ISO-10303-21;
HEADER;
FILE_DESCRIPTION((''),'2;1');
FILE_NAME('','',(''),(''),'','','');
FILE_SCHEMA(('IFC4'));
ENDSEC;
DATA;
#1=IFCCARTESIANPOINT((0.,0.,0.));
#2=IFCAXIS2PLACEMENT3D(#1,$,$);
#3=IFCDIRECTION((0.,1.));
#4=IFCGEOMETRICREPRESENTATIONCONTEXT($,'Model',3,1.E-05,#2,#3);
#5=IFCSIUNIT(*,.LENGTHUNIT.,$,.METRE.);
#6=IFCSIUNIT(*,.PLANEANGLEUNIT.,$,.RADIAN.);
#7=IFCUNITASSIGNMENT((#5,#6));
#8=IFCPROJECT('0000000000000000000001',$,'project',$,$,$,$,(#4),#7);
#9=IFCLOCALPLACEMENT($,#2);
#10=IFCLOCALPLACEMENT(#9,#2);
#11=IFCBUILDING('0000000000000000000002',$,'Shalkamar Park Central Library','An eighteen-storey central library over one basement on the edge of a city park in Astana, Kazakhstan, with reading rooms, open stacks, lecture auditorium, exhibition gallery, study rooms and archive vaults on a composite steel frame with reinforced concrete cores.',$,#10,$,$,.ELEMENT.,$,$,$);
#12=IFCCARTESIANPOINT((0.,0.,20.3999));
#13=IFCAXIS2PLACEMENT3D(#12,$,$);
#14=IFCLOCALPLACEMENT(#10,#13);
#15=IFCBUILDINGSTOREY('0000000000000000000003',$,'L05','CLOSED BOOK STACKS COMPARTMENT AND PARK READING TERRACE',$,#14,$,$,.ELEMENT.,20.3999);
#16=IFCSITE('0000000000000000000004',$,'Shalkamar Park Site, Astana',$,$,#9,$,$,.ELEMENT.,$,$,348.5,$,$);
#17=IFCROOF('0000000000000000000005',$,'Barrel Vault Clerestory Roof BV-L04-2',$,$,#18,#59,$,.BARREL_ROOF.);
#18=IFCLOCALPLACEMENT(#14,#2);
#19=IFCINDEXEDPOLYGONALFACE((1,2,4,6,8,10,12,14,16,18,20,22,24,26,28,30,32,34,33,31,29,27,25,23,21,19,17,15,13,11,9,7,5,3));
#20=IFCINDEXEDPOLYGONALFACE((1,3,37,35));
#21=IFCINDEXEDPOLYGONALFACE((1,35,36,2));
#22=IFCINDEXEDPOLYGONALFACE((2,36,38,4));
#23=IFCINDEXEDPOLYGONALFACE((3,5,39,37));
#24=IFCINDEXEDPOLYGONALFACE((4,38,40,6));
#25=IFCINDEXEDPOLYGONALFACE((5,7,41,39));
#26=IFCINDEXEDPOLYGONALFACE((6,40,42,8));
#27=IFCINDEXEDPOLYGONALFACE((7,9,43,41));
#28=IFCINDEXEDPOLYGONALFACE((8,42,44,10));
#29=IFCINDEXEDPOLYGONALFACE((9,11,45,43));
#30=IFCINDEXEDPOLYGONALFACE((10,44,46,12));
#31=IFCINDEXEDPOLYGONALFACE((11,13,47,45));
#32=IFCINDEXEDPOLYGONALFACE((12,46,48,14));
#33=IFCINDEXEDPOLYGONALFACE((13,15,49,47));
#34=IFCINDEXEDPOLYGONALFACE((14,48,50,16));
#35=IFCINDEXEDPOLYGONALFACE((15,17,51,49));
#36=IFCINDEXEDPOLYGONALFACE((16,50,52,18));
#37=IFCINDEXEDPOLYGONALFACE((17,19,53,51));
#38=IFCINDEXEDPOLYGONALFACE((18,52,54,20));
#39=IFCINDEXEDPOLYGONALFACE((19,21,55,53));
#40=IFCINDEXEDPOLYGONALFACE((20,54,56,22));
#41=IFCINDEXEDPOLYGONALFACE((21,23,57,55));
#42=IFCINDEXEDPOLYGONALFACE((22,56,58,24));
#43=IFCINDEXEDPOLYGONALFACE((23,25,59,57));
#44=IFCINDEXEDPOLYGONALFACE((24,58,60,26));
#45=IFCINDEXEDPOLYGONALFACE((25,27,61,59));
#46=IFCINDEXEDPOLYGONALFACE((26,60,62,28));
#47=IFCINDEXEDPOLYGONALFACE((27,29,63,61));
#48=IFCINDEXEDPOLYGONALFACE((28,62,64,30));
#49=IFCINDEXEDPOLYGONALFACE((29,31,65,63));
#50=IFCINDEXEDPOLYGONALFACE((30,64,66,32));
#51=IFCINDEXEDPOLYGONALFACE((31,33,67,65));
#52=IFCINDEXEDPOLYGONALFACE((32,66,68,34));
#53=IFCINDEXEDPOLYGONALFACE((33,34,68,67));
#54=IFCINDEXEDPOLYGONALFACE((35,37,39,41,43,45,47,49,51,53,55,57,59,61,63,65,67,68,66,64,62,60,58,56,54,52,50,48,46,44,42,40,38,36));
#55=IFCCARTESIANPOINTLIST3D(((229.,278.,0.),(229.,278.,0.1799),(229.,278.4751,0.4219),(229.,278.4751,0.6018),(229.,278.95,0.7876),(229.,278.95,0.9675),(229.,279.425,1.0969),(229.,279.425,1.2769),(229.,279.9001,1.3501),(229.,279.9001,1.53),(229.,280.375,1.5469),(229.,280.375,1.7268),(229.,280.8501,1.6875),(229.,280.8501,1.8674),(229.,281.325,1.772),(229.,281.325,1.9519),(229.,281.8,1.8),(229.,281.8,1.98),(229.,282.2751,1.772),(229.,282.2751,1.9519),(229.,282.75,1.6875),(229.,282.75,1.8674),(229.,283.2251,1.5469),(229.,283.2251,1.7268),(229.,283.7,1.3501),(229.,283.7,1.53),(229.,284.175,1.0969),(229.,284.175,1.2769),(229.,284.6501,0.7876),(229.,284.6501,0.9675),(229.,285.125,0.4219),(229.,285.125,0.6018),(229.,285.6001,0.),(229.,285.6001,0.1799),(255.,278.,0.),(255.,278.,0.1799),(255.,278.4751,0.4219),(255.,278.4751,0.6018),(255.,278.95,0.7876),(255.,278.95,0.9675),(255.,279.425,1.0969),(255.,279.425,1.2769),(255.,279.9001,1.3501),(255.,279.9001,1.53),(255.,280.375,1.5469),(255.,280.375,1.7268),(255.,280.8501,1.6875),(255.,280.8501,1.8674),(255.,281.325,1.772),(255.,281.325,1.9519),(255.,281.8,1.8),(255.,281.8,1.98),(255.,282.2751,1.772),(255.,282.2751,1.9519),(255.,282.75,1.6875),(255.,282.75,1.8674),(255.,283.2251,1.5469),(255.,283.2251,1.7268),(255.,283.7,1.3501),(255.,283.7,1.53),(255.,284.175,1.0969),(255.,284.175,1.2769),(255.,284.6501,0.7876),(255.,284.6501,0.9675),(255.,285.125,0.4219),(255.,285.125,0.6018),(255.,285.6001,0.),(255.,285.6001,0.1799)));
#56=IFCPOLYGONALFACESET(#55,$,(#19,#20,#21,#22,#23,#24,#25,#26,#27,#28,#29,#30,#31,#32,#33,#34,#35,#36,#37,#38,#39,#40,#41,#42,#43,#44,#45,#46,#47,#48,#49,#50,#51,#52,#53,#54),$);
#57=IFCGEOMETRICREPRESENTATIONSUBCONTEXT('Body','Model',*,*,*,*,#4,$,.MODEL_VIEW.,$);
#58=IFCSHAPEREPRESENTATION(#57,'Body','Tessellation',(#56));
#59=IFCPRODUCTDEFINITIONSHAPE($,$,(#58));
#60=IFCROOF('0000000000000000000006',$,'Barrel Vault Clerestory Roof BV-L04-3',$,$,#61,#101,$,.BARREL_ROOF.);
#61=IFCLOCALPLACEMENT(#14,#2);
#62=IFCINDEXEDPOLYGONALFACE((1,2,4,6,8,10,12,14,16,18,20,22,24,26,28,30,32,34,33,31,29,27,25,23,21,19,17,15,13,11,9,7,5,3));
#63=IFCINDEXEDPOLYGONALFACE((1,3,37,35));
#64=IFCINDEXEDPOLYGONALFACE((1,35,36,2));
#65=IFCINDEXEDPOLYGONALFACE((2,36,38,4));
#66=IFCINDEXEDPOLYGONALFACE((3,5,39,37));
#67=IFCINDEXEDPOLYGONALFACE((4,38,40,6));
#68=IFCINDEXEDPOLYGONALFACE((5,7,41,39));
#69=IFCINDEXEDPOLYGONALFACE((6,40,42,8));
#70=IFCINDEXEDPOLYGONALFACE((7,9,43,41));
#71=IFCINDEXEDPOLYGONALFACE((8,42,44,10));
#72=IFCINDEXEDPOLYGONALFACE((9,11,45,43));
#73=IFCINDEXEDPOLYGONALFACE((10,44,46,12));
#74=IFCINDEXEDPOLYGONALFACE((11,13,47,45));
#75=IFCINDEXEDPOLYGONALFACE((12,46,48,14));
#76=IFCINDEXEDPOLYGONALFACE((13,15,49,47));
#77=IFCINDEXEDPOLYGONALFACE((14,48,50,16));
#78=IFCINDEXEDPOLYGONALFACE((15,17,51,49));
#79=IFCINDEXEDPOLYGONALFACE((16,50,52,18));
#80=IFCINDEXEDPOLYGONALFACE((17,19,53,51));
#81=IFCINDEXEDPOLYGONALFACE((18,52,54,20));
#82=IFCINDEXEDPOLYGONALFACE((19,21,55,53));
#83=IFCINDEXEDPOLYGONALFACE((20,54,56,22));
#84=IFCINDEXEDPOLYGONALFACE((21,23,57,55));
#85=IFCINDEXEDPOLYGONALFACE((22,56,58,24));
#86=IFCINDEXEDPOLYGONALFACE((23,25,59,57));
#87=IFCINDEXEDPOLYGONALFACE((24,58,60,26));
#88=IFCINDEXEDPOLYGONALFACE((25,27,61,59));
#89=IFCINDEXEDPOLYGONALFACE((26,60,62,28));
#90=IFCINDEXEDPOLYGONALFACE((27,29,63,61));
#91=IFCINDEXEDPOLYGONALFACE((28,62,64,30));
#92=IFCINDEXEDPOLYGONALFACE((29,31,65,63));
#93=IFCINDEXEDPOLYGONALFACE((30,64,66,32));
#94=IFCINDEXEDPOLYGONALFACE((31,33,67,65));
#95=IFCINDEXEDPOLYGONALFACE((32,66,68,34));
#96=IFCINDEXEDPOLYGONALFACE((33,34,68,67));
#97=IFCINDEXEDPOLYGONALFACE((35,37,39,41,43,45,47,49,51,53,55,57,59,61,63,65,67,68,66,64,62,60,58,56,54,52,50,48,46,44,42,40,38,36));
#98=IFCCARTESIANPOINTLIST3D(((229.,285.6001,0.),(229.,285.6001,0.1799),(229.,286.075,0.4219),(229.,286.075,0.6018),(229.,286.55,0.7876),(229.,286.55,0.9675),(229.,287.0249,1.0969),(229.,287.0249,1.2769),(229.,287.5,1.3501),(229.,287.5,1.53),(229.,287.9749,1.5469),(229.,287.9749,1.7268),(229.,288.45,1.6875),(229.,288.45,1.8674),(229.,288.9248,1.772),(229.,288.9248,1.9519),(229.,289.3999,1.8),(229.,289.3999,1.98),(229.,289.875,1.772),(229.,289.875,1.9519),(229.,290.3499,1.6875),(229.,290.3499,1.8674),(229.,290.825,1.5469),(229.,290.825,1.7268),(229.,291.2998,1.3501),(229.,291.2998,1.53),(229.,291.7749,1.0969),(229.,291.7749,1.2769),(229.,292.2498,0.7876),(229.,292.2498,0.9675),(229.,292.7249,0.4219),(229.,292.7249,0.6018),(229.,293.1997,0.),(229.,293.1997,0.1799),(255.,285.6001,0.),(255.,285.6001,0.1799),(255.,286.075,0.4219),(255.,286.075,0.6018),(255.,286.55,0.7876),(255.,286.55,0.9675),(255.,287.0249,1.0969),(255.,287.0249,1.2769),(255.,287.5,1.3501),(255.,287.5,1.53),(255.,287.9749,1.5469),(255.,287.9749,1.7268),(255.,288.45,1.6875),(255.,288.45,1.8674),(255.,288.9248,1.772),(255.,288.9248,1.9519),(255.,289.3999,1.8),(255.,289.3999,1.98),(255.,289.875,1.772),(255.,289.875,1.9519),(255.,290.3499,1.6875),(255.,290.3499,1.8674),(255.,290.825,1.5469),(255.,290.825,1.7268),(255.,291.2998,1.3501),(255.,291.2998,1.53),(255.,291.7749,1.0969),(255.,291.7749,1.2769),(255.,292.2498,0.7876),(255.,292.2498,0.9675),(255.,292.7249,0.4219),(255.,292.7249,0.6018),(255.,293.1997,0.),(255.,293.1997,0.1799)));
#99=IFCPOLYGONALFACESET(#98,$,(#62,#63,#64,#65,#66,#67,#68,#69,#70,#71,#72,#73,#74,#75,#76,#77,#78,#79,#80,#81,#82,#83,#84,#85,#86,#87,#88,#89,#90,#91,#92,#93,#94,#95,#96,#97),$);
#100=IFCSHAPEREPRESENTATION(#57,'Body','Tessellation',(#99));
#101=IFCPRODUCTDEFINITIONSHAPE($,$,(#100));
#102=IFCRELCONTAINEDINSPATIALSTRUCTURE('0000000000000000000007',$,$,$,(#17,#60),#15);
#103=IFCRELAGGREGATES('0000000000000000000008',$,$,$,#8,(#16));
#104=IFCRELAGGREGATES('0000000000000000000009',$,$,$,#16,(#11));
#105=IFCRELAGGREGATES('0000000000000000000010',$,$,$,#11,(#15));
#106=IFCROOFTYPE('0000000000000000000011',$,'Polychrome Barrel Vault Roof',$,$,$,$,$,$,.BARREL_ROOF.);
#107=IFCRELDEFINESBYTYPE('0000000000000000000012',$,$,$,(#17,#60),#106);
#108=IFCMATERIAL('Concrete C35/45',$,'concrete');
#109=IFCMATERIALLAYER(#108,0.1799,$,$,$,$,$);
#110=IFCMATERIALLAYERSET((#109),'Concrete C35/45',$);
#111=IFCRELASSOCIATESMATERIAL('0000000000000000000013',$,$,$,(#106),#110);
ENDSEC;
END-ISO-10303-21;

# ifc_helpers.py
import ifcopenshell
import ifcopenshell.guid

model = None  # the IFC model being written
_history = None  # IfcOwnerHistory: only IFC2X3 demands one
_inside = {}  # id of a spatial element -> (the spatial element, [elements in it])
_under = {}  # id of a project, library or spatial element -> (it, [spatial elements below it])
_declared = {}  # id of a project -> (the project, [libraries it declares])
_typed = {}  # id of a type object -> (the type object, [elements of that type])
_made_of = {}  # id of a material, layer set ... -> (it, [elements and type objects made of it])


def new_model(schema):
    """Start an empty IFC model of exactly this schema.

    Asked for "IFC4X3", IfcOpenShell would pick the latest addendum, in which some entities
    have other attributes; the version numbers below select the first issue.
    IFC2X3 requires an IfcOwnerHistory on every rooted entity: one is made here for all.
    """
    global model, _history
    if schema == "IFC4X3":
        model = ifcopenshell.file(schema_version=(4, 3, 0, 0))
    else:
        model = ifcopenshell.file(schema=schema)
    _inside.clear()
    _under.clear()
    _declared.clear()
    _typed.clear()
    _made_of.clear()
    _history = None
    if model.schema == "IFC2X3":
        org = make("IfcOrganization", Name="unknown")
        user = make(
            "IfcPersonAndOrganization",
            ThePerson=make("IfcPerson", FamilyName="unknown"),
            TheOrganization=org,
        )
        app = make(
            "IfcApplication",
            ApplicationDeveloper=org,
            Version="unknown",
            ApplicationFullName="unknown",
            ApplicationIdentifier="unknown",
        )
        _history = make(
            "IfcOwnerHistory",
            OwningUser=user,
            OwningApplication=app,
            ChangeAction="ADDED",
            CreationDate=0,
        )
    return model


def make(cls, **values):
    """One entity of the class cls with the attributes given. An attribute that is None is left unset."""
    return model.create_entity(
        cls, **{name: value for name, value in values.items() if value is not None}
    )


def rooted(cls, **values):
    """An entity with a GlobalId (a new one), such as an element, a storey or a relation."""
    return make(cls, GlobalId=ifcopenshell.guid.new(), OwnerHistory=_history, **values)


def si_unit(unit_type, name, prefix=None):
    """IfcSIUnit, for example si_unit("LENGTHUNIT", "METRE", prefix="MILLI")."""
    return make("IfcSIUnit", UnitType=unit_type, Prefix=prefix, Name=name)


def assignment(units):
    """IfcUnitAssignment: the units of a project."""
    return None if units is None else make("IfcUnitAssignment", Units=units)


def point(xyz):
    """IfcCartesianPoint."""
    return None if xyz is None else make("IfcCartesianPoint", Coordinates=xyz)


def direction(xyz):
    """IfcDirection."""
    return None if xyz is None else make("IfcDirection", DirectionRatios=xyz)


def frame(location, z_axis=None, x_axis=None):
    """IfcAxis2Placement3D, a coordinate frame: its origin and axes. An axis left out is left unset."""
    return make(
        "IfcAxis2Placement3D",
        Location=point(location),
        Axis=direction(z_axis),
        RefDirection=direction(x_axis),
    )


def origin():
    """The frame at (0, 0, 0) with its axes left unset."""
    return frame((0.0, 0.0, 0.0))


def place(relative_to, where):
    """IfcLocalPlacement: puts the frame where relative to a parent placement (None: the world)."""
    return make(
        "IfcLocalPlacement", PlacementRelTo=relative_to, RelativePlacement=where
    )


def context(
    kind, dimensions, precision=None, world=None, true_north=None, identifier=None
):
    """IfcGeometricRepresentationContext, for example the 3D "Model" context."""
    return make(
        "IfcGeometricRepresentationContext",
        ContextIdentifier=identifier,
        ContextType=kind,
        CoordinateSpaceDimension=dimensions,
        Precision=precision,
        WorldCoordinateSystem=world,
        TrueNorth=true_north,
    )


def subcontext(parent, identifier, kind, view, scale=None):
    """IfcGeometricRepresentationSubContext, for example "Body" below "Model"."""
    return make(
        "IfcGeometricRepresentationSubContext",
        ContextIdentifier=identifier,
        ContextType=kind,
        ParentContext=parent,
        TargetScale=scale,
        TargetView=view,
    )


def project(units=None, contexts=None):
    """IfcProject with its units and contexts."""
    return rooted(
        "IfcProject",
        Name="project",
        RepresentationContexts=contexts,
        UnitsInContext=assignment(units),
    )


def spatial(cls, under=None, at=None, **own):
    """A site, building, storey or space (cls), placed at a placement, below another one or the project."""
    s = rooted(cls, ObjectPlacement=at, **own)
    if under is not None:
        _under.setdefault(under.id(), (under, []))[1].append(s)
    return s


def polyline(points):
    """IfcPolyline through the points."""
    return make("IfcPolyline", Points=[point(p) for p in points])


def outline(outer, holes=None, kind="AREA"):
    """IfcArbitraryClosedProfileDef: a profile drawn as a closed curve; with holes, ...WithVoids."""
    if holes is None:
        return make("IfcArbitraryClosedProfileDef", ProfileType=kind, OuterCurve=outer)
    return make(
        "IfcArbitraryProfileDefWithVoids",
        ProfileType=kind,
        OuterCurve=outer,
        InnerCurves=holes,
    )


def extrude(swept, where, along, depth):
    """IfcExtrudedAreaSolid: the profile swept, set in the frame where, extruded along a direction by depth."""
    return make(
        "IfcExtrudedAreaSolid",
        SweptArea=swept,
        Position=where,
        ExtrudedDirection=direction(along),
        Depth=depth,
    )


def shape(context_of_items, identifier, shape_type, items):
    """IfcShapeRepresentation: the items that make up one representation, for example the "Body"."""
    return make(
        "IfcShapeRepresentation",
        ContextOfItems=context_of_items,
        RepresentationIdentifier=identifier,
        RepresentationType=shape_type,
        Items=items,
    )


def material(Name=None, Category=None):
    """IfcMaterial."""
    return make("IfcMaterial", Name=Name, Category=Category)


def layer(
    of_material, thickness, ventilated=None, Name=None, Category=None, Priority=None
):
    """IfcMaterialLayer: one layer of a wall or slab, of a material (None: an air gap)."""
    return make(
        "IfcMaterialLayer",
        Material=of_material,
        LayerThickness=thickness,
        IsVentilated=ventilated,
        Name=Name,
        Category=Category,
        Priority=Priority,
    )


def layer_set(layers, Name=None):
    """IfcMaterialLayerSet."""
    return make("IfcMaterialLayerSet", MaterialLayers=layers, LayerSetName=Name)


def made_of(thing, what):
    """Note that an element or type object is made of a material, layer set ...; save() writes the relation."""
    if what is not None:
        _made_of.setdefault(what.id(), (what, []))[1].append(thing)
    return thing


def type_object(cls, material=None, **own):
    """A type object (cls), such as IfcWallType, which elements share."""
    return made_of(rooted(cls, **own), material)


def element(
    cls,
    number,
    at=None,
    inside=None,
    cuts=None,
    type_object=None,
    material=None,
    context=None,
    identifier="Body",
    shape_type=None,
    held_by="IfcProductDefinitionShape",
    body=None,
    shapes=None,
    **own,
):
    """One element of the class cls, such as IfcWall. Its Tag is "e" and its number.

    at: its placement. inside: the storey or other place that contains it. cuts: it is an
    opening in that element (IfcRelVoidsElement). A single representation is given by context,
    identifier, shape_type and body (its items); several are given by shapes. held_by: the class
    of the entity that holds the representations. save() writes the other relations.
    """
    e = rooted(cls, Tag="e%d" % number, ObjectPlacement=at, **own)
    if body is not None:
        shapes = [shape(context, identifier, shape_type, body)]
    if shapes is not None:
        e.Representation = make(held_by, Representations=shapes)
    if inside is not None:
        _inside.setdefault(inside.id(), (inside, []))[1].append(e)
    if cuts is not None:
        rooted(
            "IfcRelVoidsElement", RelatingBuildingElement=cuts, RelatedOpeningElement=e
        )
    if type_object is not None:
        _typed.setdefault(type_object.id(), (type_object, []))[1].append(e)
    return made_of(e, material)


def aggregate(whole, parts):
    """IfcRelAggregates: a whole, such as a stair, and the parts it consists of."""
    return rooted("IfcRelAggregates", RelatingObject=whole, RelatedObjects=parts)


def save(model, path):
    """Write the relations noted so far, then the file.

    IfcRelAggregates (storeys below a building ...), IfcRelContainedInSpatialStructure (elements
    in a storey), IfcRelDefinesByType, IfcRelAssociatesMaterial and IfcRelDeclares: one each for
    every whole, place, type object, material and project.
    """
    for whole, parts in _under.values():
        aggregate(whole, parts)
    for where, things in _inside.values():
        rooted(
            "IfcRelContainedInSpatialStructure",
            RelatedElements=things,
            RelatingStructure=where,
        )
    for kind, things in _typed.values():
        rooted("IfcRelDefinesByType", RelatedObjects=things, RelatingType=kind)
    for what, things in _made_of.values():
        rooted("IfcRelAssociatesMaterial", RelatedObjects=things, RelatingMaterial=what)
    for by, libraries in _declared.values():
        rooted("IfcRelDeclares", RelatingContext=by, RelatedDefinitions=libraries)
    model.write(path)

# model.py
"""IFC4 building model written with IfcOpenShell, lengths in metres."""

from ifc_helpers import new_model, si_unit, direction, frame, origin, place, context, subcontext, project, spatial, polyline, outline, extrude, material, layer, layer_set, type_object, element, save


model = new_model("IFC4")

# Units and contexts
model_context = context("Model", 3, precision=1e-05, world=origin(), true_north=direction((0.0, 1.0)))
body_context = subcontext(model_context, "Body", "Model", "MODEL_VIEW")
ifc_project = project(units=[si_unit("LENGTHUNIT", "METRE"), si_unit("PLANEANGLEUNIT", "RADIAN")], contexts=[model_context])

# Site, building, storey
site_placement = place(None, origin())
site = spatial("IfcSite", under=ifc_project, at=site_placement, Name="Shalkamar Park Site, Astana", CompositionType="ELEMENT", RefElevation=348.5)
building_placement = place(site_placement, origin())
building = spatial("IfcBuilding", under=site, at=building_placement, Name="Shalkamar Park Central Library", Description="An eighteen-storey central library over one basement on the edge of a city park in Astana, Kazakhstan, with reading rooms, open stacks, lecture auditorium, exhibition gallery, study rooms and archive vaults on a composite steel frame with reinforced concrete cores.", CompositionType="ELEMENT")
storey_placement = place(building_placement, frame((0.0, 0.0, 20.3999)))
storey = spatial("IfcBuildingStorey", under=building, at=storey_placement, Name="L05", Description="CLOSED BOOK STACKS COMPARTMENT AND PARK READING TERRACE", CompositionType="ELEMENT", Elevation=20.3999)

# Roofs
ifc_material_1 = material(Name="Concrete C35/45", Category="concrete")
ifc_layer_1 = layer(ifc_material_1, 0.1799)
ifc_layer_set_1 = layer_set([ifc_layer_1], Name="Concrete C35/45")
roof_type = type_object("IfcRoofType", Name="Polychrome Barrel Vault Roof", PredefinedType="BARREL_ROOF", material=ifc_layer_set_1)
roof_1_placement = place(storey_placement, frame((229.0, 281.8, 0.0), z_axis=(0.0, 0.0, 1.0), x_axis=(1.0, 0.0, 0.0)))
element("IfcRoof", 1, at=roof_1_placement, inside=storey, type_object=roof_type, Name="Barrel Vault Clerestory Roof BV-L04-2", PredefinedType="BARREL_ROOF", context=body_context, shape_type="SweptSolid", body=[
    extrude(outline(polyline([(-3.8, 0.1799), (-3.325, 0.6018), (-2.8501, 0.9675), (-2.375, 1.2769), (-1.8999, 1.53), (-1.425, 1.7268), (-0.95, 1.8674), (-0.4751, 1.9519), (0.0, 1.98), (0.4751, 1.9519), (0.95, 1.8674), (1.425, 1.7268), (1.8999, 1.53), (2.375, 1.2769), (2.8501, 0.9675), (3.325, 0.6018), (3.8, 0.1799), (3.8, 0.0), (3.325, 0.4219), (2.8501, 0.7876), (2.375, 1.0969), (1.8999, 1.3501), (1.425, 1.5469), (0.95, 1.6875), (0.4751, 1.772), (0.0, 1.8), (-0.4751, 1.772), (-0.95, 1.6875), (-1.425, 1.5469), (-1.8999, 1.3501), (-2.375, 1.0969), (-2.8501, 0.7876), (-3.325, 0.4219), (-3.8, 0.0), (-3.8, 0.1799)])), frame((0.0, 0.0, 0.0), z_axis=(1.0, 0.0, 0.0), x_axis=(0.0, 1.0, 0.0)), (0.0, 0.0, 1.0), 26.0),
])
roof_2_placement = place(storey_placement, frame((229.0, 289.3999, 0.0), z_axis=(0.0, 0.0, 1.0), x_axis=(1.0, 0.0, 0.0)))
element("IfcRoof", 2, at=roof_2_placement, inside=storey, type_object=roof_type, Name="Barrel Vault Clerestory Roof BV-L04-3", PredefinedType="BARREL_ROOF", context=body_context, shape_type="SweptSolid", body=[
    extrude(outline(polyline([(-3.7998, 0.1799), (-3.325, 0.6018), (-2.8499, 0.9675), (-2.375, 1.2769), (-1.8999, 1.53), (-1.425, 1.7268), (-0.95, 1.8674), (-0.4751, 1.9519), (0.0, 1.98), (0.4751, 1.9519), (0.95, 1.8674), (1.425, 1.7268), (1.8999, 1.53), (2.375, 1.2769), (2.8499, 0.9675), (3.325, 0.6018), (3.7998, 0.1799), (3.7998, 0.0), (3.325, 0.4219), (2.8499, 0.7876), (2.375, 1.0969), (1.8999, 1.3501), (1.425, 1.5469), (0.95, 1.6875), (0.4751, 1.772), (0.0, 1.8), (-0.4751, 1.772), (-0.95, 1.6875), (-1.425, 1.5469), (-1.8999, 1.3501), (-2.375, 1.0969), (-2.8499, 0.7876), (-3.325, 0.4219), (-3.7998, 0.0), (-3.7998, 0.1799)])), frame((0.0, 0.0, 0.0), z_axis=(1.0, 0.0, 0.0), x_axis=(0.0, 1.0, 0.0)), (0.0, 0.0, 1.0), 26.0),
])

save(model, "model.ifc")
